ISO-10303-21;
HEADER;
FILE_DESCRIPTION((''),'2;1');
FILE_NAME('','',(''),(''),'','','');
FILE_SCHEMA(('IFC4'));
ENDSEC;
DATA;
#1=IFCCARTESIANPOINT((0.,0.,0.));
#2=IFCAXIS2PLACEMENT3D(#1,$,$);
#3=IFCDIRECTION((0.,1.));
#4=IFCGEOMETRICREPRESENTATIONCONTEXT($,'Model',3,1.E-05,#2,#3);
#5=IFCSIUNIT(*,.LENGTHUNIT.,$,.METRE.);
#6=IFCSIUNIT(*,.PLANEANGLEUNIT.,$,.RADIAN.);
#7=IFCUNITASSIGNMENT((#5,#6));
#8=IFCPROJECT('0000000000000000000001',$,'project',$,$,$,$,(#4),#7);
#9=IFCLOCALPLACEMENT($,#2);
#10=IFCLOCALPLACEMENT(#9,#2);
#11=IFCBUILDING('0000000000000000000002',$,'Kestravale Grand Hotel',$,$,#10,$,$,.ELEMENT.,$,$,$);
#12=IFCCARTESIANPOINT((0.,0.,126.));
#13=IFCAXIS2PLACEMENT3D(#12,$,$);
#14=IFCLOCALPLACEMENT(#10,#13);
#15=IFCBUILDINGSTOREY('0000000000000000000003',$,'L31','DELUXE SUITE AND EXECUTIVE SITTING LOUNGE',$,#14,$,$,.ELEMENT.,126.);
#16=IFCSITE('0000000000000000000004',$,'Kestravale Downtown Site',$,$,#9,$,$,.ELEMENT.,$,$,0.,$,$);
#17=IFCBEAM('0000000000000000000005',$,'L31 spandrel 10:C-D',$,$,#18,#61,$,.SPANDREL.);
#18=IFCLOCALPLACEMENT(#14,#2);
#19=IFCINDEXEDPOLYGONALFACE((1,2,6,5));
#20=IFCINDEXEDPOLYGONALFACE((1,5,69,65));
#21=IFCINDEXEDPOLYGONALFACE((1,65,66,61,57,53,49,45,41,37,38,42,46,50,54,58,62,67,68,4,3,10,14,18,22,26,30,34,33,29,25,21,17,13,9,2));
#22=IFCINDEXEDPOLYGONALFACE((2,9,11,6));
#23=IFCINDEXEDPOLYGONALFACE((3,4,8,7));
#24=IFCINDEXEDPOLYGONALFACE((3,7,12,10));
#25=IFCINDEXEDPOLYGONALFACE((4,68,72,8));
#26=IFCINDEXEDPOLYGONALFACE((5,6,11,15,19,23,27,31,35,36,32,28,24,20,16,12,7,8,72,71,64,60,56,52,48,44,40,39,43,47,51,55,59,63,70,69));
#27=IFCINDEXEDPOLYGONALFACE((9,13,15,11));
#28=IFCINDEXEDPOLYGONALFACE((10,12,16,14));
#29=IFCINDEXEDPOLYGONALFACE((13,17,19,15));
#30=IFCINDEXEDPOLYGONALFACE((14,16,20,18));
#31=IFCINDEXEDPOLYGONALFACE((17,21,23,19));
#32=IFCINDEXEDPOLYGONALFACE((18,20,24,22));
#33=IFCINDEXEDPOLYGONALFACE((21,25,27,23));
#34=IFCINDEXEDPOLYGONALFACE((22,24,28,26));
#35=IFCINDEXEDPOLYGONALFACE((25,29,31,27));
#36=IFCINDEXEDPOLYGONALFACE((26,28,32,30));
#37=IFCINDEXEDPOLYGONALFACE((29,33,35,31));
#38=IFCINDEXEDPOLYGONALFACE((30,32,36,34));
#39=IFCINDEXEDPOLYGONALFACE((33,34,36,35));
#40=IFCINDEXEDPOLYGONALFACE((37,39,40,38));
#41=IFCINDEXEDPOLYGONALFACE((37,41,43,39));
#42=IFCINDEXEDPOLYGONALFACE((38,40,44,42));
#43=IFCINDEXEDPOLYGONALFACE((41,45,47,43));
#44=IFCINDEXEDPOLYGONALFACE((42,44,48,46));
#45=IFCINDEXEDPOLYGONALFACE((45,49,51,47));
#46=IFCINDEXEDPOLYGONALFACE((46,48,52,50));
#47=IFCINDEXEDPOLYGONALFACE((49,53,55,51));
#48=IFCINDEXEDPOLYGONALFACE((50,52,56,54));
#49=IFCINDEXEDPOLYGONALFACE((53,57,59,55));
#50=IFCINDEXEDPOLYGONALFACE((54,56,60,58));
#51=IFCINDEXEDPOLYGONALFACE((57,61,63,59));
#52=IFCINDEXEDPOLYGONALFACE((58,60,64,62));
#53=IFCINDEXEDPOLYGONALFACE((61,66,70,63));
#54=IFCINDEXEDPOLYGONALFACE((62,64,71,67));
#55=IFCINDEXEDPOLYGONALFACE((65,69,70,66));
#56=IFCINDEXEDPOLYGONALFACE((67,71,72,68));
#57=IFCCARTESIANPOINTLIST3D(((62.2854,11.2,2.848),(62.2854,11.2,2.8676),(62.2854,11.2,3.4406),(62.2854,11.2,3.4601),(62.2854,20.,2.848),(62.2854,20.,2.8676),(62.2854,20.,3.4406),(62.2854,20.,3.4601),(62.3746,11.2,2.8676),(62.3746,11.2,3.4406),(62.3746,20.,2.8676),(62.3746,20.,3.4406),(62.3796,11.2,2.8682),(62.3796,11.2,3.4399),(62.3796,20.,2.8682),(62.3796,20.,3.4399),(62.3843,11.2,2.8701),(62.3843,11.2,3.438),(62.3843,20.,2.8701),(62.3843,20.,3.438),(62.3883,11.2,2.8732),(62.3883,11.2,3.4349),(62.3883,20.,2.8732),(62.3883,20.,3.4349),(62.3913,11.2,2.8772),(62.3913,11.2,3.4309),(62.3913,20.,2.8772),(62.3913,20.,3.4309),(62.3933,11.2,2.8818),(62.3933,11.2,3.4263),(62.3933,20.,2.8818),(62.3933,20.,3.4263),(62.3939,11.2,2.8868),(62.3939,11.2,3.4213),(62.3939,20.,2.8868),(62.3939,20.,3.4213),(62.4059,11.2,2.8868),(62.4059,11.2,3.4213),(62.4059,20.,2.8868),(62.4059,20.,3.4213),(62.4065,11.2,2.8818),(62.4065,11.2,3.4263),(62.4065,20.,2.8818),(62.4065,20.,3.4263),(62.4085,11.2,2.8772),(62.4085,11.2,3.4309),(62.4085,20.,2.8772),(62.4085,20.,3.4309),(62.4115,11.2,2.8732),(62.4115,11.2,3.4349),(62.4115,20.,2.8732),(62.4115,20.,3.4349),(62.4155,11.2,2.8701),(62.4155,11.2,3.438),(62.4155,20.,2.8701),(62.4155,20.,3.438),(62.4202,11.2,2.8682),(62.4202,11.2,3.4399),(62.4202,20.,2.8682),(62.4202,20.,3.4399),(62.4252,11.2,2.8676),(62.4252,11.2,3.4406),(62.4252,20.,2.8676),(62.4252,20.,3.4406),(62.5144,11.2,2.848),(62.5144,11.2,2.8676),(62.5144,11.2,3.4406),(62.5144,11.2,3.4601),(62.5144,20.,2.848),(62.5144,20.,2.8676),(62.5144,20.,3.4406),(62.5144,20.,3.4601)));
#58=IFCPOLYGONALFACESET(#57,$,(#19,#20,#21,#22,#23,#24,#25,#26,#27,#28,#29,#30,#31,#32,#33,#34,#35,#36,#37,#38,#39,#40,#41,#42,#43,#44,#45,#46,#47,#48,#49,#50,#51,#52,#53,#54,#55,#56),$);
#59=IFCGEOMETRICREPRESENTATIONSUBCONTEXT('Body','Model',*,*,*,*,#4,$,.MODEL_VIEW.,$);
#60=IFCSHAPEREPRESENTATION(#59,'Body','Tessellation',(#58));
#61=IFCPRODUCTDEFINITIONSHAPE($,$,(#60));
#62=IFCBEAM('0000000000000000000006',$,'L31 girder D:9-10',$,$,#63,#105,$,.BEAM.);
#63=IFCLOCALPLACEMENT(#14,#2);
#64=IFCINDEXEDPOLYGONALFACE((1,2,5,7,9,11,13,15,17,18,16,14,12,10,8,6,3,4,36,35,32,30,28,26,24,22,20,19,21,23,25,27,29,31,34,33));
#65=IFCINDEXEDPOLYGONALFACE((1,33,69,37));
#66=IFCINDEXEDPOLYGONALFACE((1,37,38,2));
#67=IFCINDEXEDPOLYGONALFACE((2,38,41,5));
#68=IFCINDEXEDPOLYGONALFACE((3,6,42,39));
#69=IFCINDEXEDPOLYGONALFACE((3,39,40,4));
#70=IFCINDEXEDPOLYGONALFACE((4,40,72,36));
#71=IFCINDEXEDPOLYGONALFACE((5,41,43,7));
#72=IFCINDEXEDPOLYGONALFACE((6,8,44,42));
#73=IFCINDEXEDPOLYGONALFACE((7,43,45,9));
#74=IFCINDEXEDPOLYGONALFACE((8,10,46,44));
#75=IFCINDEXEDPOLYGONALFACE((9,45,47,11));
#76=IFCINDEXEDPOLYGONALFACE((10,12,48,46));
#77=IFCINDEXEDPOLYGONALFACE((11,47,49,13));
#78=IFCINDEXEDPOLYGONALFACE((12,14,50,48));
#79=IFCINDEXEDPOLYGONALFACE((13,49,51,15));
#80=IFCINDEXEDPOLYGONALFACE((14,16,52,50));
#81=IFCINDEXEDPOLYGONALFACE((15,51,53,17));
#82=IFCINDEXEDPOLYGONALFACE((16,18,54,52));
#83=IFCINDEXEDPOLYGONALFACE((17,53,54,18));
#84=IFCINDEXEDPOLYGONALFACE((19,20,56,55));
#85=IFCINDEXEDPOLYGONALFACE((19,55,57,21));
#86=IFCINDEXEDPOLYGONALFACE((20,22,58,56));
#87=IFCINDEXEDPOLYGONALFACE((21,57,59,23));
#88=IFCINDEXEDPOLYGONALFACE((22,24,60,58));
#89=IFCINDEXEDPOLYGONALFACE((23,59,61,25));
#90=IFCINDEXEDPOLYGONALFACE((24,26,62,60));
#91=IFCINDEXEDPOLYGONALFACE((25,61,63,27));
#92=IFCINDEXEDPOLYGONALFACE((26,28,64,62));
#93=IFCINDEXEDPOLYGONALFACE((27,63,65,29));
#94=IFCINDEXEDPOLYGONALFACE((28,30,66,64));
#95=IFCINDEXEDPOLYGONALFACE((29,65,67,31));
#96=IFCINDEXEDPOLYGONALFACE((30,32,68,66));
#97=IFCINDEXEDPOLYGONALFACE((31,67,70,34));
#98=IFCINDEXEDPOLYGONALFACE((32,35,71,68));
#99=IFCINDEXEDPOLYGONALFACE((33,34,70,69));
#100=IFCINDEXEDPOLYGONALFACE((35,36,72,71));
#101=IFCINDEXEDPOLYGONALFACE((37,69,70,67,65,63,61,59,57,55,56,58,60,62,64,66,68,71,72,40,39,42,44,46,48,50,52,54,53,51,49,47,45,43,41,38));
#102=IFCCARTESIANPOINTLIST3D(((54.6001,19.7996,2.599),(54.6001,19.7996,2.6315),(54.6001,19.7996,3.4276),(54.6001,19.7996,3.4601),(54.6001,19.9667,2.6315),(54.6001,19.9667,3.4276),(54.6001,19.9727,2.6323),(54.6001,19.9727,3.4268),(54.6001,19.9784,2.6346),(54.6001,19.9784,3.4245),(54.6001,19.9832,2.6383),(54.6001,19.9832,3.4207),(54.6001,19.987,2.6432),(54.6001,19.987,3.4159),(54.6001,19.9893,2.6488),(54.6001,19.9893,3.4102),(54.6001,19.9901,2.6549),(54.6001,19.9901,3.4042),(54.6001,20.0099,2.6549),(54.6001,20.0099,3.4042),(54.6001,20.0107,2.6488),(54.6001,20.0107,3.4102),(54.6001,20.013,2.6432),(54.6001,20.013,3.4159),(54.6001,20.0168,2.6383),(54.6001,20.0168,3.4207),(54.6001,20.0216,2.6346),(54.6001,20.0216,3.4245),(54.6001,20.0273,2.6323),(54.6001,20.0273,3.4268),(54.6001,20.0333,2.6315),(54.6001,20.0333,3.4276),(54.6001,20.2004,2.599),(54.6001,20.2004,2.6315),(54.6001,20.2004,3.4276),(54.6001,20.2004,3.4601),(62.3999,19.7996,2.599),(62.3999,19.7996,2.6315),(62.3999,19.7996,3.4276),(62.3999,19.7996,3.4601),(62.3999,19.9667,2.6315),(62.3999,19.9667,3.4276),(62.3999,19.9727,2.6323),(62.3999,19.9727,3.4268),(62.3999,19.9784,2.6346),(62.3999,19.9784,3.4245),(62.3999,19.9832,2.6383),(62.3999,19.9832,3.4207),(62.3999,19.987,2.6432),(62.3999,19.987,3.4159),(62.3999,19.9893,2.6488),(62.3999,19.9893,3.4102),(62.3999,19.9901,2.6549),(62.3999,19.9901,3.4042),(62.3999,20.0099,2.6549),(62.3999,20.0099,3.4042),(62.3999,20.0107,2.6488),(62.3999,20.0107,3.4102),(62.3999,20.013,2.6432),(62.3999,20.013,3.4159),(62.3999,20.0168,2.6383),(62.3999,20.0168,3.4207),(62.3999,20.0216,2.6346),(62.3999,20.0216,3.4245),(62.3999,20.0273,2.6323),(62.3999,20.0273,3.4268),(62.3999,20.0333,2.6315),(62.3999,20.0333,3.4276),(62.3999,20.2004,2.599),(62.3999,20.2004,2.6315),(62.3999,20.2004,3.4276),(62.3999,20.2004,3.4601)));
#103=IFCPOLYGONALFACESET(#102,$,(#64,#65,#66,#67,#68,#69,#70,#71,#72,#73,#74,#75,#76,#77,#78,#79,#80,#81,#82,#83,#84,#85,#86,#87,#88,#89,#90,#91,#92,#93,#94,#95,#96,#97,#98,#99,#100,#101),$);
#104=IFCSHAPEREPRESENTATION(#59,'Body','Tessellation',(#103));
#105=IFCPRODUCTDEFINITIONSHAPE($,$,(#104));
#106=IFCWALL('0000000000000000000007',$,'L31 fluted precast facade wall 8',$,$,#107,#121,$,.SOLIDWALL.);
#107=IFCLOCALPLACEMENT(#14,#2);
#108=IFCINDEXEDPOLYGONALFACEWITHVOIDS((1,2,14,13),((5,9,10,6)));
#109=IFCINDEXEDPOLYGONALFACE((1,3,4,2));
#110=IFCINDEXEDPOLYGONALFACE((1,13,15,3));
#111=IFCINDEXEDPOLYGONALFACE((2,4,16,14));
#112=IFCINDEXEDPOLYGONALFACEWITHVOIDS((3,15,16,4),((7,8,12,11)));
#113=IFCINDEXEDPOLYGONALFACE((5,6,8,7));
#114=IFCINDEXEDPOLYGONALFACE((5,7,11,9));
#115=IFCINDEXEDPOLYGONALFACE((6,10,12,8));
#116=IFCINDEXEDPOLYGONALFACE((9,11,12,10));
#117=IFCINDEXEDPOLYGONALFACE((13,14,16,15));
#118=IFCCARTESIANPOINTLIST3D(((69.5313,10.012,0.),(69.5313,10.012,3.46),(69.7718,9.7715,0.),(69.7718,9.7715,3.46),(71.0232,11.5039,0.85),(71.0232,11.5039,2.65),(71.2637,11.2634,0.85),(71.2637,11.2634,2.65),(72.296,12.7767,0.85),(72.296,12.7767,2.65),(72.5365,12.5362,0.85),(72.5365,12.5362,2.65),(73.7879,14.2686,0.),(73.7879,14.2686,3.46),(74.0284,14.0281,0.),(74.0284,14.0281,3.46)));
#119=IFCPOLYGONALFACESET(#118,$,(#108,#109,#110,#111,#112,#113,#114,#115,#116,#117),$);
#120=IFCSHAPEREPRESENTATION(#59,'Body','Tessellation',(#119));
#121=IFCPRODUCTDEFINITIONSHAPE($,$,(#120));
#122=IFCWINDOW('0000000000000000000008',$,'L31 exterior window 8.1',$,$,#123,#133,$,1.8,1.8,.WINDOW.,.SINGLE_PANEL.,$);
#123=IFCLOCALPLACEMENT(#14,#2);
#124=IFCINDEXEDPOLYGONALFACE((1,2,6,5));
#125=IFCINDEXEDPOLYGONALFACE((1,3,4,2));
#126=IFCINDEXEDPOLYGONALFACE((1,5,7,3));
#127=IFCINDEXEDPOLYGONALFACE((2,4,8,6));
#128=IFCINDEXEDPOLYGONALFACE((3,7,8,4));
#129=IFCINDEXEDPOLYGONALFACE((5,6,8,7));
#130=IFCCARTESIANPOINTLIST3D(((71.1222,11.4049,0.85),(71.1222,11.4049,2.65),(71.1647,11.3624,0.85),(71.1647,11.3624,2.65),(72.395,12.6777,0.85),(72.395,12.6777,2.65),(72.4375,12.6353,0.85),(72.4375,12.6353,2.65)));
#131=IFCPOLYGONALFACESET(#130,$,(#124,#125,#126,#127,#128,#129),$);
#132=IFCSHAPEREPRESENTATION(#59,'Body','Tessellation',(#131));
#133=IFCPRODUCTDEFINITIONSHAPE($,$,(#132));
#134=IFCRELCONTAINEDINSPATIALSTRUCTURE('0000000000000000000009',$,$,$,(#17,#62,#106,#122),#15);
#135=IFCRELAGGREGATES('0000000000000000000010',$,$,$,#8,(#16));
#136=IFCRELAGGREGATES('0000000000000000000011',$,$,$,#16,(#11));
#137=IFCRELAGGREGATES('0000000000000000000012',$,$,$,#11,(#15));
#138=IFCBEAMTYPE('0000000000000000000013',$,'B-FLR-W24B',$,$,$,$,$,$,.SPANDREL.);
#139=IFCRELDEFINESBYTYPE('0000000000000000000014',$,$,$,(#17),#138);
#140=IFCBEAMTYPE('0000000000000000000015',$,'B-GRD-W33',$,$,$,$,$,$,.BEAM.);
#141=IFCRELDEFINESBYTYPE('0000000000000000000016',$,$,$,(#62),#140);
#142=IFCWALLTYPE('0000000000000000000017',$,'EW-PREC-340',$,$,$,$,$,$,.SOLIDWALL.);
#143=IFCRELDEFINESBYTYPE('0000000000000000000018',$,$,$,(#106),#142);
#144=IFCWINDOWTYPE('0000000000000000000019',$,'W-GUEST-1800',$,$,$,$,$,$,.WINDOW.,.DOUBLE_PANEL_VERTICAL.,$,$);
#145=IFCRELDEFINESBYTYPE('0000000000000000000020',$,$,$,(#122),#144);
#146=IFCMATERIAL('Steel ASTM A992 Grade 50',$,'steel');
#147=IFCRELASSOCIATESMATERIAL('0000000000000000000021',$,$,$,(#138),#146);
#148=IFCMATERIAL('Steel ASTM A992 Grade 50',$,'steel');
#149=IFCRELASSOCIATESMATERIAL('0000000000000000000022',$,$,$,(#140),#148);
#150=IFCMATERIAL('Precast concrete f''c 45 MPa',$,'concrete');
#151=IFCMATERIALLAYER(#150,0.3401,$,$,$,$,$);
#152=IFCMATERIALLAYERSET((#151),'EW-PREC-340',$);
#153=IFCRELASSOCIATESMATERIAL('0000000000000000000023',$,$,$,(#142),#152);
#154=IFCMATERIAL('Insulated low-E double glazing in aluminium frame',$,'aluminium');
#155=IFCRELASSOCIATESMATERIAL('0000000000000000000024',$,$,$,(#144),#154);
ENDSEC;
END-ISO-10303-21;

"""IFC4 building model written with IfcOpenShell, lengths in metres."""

from ifc_helpers import new_model, si_unit, direction, frame, frame_2d, origin, origin_2d, place, context, subcontext, project, spatial, rectangle, i_section, extrude, material, layer, layer_set, material_profile, profile_set, type_object, element, fill, save


model = new_model("IFC4")

# Units and contexts
model_context = context("Model", 3, precision=1e-05, world=origin(), true_north=direction((0.0, 1.0)))
body_context = subcontext(model_context, "Body", "Model", "MODEL_VIEW")
ifc_project = project(units=[si_unit("LENGTHUNIT", "METRE"), si_unit("PLANEANGLEUNIT", "RADIAN")], contexts=[model_context])

# Site, building, storey
site_placement = place(None, origin())
site = spatial("IfcSite", under=ifc_project, at=site_placement, Name="Kestravale Downtown Site", CompositionType="ELEMENT", RefElevation=0.0)
building_placement = place(site_placement, origin())
building = spatial("IfcBuilding", under=site, at=building_placement, Name="Kestravale Grand Hotel", CompositionType="ELEMENT")
storey_placement = place(building_placement, frame((0.0, 0.0, 126.0)))
storey = spatial("IfcBuildingStorey", under=building, at=storey_placement, Name="L31", Description="DELUXE SUITE AND EXECUTIVE SITTING LOUNGE", CompositionType="ELEMENT", Elevation=126.0)

# Beams
ifc_material_1 = material(Name="Steel ASTM A992 Grade 50", Category="steel")
ifc_material_profile_1 = material_profile(ifc_material_1, i_section(OverallWidth=0.229, OverallDepth=0.6121, WebThickness=0.012, FlangeThickness=0.0195, FilletRadius=0.0193, at=origin_2d()))
ifc_profile_set_1 = profile_set([ifc_material_profile_1], Name="Steel ASTM A992 Grade 50")
beam_type_1 = type_object("IfcBeamType", Name="B-FLR-W24B", PredefinedType="SPANDREL", material=ifc_profile_set_1)
for number, where, z_axis, x_axis, name in (
    (1, (62.3999, 11.2, 3.1541), (0.0, 1.0, 0.0), (-1.0, 0.0, 0.0), "L31 spandrel 10:C-D"),
):
    element("IfcBeam", number, at=place(storey_placement, frame(where, z_axis=z_axis, x_axis=x_axis)), inside=storey, type_object=beam_type_1, Name=name, PredefinedType="SPANDREL", context=body_context, shape_type="SweptSolid", body=[
        extrude(i_section(OverallWidth=0.229, OverallDepth=0.6121, WebThickness=0.012, FlangeThickness=0.0195, FilletRadius=0.0193, at=origin_2d()), origin(), (0.0, 0.0, 1.0), 8.8),
    ])
ifc_material_2 = material(Name="Steel ASTM A992 Grade 50", Category="steel")
ifc_material_profile_2 = material_profile(ifc_material_2, i_section(OverallWidth=0.4009, OverallDepth=0.8611, WebThickness=0.0198, FlangeThickness=0.0325, FilletRadius=0.0234, at=origin_2d()))
ifc_profile_set_2 = profile_set([ifc_material_profile_2], Name="Steel ASTM A992 Grade 50")
beam_type_2 = type_object("IfcBeamType", Name="B-GRD-W33", PredefinedType="BEAM", material=ifc_profile_set_2)
beam_1_placement = place(storey_placement, frame((54.6001, 20.0, 3.0295), z_axis=(1.0, 0.0, 0.0), x_axis=(0.0, 1.0, 0.0)))
element("IfcBeam", 2, at=beam_1_placement, inside=storey, type_object=beam_type_2, Name="L31 girder D:9-10", PredefinedType="BEAM", context=body_context, shape_type="SweptSolid", body=[
    extrude(i_section(OverallWidth=0.4009, OverallDepth=0.8611, WebThickness=0.0198, FlangeThickness=0.0325, FilletRadius=0.0234, at=origin_2d()), origin(), (0.0, 0.0, 1.0), 7.7998),
])

# Wall, opening, window
ifc_material_3 = material(Name="Precast concrete f'c 45 MPa", Category="concrete")
ifc_layer_1 = layer(ifc_material_3, 0.3401)
ifc_layer_set_1 = layer_set([ifc_layer_1], Name="EW-PREC-340")
wall_type_1 = type_object("IfcWallType", Name="EW-PREC-340", PredefinedType="SOLIDWALL", material=ifc_layer_set_1)
wall_1_placement = place(storey_placement, frame((69.6516, 9.8918, 0.0), z_axis=(0.0, 0.0, 1.0), x_axis=(0.707107, 0.707107, 0.0)))
wall_1 = element("IfcWall", 3, at=wall_1_placement, inside=storey, type_object=wall_type_1, Name="L31 fluted precast facade wall 8", PredefinedType="SOLIDWALL", context=body_context, shape_type="SweptSolid", body=[
    extrude(rectangle(XDim=6.0198, YDim=0.3401, at=frame_2d((3.0098, 0.0))), origin(), (0.0, 0.0, 1.0), 3.46),
])
opening_1_placement = place(wall_1_placement, frame((2.1099, 0.0, 0.8501)))
opening_1 = element("IfcOpeningElement", 4, at=opening_1_placement, cuts=wall_1, PredefinedType="OPENING", context=body_context, shape_type="SweptSolid", body=[
    extrude(rectangle(XDim=1.8, YDim=1.8, at=frame_2d((0.8999, 0.8999))), frame((0.0, 0.1799, 0.0), z_axis=(0.0, -1.0, 0.0), x_axis=(1.0, 0.0, 0.0)), (0.0, 0.0, 1.0), 0.3601),
])
ifc_material_4 = material(Name="Insulated low-E double glazing in aluminium frame", Category="aluminium")
window_type = type_object("IfcWindowType", Name="W-GUEST-1800", PartitioningType="DOUBLE_PANEL_VERTICAL", PredefinedType="WINDOW", material=ifc_material_4)
window_1_placement = place(opening_1_placement, origin())
window_1 = element("IfcWindow", 5, at=window_1_placement, inside=storey, type_object=window_type, Name="L31 exterior window 8.1", OverallHeight=1.8, OverallWidth=1.8, PartitioningType="SINGLE_PANEL", PredefinedType="WINDOW", context=body_context, shape_type="SweptSolid", body=[
    extrude(rectangle(XDim=1.8, YDim=1.8, at=frame_2d((0.8999, 0.8999))), frame((0.0, 0.03, 0.0), z_axis=(0.0, -1.0, 0.0), x_axis=(1.0, 0.0, 0.0)), (0.0, 0.0, 1.0), 0.0601),
])
fill(opening_1, window_1)

save(model, "model.ifc")
